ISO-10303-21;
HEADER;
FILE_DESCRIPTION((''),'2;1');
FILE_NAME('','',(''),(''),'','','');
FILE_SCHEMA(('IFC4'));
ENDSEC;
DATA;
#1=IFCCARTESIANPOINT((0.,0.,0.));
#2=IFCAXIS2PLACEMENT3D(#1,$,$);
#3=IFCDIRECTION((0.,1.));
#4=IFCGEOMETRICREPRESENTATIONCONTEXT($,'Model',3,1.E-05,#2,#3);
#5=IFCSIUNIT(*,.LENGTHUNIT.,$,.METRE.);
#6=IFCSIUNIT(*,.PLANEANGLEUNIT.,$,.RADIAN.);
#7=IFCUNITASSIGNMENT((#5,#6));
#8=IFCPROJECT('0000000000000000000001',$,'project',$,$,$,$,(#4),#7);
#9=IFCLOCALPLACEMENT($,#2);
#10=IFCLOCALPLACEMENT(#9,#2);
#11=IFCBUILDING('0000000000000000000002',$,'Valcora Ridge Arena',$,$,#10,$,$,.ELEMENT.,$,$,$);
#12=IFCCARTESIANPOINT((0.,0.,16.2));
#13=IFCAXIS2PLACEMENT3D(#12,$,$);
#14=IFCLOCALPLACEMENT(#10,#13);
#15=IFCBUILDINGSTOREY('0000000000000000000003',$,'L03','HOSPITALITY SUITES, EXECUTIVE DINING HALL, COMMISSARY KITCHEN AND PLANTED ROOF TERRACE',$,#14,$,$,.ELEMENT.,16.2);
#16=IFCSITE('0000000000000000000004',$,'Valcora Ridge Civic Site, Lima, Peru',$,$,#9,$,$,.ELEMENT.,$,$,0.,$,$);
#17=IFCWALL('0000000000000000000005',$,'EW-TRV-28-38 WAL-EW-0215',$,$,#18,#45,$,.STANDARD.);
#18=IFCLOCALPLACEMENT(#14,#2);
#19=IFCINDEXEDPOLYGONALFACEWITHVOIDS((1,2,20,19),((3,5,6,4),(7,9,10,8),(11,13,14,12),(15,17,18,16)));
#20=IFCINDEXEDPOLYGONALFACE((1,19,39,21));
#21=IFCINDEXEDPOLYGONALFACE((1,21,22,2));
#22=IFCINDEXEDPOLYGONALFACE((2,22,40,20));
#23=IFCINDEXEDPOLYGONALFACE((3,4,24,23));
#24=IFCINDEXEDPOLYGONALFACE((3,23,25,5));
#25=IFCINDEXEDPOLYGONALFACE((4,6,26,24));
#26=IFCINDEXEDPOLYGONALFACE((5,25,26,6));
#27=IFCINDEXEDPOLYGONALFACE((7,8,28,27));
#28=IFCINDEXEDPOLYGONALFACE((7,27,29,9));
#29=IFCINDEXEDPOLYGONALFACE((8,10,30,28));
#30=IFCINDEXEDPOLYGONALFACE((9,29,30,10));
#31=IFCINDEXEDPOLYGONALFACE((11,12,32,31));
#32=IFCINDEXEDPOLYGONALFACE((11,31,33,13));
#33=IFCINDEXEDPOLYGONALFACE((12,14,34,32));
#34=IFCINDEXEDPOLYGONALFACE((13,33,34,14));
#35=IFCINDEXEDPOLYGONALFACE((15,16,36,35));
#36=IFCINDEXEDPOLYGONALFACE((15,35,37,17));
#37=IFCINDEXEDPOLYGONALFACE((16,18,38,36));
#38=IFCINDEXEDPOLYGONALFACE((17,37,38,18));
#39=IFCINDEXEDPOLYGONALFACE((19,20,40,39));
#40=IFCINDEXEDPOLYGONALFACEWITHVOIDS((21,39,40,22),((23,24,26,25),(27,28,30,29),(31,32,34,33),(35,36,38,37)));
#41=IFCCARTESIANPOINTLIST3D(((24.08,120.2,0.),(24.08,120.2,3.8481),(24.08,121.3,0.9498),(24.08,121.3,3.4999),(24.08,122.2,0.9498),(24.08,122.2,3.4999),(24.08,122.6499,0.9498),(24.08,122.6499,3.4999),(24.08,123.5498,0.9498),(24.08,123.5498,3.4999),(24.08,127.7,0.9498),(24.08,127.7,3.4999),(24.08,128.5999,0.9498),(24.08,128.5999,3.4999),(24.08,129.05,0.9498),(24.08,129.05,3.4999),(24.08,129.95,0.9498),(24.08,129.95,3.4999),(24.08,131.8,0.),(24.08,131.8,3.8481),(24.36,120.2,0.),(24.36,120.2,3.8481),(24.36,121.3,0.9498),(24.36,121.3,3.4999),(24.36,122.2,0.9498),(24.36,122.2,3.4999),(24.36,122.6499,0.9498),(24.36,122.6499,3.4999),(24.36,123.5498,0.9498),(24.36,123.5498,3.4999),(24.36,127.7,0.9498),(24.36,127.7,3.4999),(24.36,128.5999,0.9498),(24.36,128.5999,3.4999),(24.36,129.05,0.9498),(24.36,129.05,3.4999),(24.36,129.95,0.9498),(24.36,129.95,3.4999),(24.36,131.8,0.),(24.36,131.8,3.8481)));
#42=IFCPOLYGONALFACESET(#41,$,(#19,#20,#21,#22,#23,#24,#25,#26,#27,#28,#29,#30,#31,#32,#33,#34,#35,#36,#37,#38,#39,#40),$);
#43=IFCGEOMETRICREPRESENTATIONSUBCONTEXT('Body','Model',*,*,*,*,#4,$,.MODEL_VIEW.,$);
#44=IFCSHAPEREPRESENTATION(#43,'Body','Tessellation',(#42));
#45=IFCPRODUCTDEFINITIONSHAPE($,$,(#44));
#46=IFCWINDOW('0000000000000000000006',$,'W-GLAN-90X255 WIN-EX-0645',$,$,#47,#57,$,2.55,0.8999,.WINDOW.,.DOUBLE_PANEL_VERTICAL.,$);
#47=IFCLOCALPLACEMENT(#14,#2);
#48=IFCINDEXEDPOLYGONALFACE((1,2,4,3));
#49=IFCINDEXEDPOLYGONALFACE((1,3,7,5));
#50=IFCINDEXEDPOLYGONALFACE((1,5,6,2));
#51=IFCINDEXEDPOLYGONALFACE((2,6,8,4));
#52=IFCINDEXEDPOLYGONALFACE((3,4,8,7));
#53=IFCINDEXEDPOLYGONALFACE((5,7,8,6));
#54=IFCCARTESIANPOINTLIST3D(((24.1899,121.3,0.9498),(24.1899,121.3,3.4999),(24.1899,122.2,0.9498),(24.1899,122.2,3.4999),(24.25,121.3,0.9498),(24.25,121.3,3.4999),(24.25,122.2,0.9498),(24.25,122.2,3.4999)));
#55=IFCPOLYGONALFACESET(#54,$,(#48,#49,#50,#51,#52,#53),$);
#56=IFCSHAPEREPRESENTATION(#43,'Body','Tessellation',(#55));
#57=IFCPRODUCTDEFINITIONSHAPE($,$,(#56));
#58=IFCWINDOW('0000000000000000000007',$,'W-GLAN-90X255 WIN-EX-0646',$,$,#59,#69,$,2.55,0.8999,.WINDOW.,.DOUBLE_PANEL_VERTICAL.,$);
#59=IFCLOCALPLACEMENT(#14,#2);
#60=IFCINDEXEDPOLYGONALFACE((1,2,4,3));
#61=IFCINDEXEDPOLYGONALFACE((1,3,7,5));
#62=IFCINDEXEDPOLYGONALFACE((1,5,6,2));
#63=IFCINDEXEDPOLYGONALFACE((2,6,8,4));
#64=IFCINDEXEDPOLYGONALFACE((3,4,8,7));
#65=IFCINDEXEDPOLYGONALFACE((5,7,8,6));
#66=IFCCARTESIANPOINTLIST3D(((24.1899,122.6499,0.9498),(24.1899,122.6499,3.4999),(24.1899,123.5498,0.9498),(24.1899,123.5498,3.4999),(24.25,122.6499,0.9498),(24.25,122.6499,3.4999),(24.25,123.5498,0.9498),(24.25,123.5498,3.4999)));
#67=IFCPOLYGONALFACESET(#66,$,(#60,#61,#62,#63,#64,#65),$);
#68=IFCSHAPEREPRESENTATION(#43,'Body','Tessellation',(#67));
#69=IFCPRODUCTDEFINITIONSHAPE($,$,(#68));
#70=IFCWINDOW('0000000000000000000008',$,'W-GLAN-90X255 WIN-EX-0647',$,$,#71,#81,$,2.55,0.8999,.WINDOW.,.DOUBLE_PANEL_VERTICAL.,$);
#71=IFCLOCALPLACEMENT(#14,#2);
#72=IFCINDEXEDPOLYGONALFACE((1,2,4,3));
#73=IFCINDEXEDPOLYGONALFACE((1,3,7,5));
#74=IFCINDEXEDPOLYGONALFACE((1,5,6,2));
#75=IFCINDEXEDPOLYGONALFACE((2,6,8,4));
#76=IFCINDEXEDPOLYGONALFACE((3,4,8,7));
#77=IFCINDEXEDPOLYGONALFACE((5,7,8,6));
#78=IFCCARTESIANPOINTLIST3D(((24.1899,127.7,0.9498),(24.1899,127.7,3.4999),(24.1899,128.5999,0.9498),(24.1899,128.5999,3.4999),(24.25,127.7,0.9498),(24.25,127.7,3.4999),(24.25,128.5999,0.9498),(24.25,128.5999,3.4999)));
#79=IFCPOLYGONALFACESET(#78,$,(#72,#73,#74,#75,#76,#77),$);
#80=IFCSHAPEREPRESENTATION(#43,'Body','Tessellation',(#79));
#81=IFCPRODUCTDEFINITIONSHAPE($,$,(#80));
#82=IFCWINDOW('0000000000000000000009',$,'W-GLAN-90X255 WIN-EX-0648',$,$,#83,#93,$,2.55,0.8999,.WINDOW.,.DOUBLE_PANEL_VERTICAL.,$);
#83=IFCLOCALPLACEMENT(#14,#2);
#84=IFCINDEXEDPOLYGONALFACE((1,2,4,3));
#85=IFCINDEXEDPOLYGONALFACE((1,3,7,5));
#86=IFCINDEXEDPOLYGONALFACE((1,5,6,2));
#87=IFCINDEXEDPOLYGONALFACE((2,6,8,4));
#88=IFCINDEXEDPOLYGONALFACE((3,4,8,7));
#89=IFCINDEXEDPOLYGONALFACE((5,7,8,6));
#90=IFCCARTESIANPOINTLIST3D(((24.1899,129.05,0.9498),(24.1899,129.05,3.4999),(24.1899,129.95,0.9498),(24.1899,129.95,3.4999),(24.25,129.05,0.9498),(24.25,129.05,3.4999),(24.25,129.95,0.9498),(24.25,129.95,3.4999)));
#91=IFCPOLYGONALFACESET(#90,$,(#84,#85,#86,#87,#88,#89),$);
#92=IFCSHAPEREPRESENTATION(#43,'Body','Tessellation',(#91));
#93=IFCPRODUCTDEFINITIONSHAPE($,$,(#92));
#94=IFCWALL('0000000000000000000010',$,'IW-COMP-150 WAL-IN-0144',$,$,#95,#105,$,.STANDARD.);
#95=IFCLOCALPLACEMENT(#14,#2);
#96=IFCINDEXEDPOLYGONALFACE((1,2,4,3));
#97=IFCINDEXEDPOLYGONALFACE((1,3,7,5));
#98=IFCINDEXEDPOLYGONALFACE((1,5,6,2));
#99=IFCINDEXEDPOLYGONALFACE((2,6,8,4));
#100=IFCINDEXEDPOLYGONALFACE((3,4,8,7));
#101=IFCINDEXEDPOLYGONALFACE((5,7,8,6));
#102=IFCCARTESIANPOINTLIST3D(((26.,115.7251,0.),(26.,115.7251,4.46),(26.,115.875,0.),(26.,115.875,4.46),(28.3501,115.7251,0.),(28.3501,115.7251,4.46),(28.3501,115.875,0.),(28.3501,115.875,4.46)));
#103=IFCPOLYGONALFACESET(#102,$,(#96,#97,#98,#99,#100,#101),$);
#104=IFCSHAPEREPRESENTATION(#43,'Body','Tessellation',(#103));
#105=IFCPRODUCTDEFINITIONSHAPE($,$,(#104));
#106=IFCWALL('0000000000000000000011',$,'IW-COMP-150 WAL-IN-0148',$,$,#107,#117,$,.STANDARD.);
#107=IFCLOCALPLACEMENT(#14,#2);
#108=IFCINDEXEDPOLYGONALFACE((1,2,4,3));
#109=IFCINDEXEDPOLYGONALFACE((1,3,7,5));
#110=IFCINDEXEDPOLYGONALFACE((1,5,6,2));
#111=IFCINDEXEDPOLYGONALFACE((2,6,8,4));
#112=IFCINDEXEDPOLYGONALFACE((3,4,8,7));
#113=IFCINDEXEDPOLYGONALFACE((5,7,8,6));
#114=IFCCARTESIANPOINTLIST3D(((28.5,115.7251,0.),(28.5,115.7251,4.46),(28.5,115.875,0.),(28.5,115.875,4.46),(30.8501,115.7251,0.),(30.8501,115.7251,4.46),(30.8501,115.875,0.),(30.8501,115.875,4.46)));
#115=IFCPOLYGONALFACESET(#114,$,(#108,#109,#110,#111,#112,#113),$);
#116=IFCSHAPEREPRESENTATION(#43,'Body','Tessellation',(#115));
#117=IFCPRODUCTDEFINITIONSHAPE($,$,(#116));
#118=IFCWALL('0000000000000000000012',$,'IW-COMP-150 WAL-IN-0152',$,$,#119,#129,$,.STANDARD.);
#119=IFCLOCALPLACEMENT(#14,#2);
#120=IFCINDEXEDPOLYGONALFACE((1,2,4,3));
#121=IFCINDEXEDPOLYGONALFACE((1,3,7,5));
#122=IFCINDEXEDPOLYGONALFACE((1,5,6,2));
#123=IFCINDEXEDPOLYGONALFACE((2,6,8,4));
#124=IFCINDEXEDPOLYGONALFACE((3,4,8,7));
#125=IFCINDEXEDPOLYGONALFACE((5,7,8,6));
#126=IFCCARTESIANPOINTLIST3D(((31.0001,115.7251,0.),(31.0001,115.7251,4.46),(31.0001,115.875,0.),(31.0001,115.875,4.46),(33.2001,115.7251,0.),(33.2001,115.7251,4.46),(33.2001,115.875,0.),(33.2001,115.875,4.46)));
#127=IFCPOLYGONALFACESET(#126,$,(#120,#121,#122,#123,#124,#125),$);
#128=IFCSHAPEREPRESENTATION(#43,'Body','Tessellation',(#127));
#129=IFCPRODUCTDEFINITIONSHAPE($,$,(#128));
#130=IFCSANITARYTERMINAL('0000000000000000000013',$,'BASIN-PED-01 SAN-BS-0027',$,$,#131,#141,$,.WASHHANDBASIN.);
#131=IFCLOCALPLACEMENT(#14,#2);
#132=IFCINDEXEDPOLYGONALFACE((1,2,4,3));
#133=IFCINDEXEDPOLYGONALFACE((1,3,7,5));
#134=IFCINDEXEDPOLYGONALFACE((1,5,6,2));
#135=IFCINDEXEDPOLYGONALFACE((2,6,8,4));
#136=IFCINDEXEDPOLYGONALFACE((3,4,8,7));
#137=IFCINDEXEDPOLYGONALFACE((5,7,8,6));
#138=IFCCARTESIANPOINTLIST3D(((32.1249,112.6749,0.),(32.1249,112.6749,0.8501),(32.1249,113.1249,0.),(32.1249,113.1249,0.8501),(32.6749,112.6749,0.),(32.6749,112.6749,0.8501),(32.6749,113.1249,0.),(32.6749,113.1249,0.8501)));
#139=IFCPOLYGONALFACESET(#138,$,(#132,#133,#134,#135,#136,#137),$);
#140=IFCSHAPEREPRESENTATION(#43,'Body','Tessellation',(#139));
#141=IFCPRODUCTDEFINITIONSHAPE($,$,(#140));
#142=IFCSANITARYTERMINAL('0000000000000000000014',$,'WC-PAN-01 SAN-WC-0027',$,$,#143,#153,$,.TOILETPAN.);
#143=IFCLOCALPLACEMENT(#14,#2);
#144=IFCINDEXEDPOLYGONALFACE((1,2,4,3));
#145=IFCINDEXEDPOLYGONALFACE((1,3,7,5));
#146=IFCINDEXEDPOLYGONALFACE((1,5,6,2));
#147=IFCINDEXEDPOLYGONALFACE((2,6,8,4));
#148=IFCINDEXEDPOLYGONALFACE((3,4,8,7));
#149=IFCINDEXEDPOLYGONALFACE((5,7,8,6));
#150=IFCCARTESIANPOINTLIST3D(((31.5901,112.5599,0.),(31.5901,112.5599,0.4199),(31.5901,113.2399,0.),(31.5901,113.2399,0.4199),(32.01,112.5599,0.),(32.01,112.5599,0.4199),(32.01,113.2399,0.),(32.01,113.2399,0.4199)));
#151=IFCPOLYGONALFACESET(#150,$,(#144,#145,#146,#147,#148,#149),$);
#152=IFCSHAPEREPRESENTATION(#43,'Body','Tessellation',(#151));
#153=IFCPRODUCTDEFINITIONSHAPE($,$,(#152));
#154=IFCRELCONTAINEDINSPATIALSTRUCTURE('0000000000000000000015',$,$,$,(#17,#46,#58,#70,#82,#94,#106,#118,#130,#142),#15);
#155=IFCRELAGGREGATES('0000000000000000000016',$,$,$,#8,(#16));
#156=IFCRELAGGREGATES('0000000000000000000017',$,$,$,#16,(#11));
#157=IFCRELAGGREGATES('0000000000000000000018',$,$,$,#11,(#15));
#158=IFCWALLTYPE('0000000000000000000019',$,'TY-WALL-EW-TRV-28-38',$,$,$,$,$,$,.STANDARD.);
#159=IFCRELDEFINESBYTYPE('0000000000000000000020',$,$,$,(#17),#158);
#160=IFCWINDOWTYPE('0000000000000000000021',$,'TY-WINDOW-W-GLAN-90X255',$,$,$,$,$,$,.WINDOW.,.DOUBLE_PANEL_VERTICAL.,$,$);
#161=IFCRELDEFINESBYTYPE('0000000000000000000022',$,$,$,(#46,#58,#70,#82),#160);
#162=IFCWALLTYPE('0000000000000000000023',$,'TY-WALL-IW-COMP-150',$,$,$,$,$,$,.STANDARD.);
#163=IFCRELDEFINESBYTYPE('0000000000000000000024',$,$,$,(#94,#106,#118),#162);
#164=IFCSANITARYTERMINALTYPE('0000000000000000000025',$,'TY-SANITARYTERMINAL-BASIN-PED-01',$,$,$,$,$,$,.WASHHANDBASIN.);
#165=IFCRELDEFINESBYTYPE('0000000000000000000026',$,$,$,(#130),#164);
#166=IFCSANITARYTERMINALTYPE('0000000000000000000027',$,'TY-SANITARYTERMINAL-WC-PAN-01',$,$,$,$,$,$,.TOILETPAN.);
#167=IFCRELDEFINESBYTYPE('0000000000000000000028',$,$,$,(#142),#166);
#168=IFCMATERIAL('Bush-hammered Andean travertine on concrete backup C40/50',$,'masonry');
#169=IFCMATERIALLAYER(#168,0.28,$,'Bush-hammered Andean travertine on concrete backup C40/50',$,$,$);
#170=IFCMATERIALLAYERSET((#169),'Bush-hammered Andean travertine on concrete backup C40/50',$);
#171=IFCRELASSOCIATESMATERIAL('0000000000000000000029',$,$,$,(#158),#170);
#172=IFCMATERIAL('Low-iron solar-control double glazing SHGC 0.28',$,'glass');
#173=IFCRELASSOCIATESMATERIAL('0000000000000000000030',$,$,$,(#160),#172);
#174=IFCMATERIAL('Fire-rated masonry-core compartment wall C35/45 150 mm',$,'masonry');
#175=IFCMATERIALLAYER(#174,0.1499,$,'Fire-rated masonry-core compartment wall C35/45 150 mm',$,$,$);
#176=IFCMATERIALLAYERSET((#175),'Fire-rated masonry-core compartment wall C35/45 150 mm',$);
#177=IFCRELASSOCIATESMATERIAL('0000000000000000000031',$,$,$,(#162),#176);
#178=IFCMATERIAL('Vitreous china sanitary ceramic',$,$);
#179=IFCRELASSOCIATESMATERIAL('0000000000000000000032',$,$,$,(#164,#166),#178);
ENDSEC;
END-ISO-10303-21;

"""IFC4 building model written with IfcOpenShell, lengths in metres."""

from ifc_helpers import new_model, si_unit, direction, frame, frame_2d, origin, origin_2d, place, context, subcontext, project, spatial, rectangle, extrude, material, layer, layer_set, type_object, element, fill, save


model = new_model("IFC4")

# Units and contexts
model_context = context("Model", 3, precision=1e-05, world=origin(), true_north=direction((0.0, 1.0)))
body_context = subcontext(model_context, "Body", "Model", "MODEL_VIEW")
ifc_project = project(units=[si_unit("LENGTHUNIT", "METRE"), si_unit("PLANEANGLEUNIT", "RADIAN")], contexts=[model_context])

# Site, building, storey
site_placement = place(None, origin())
site = spatial("IfcSite", under=ifc_project, at=site_placement, Name="Valcora Ridge Civic Site, Lima, Peru", CompositionType="ELEMENT", RefElevation=0.0)
building_placement = place(site_placement, origin())
building = spatial("IfcBuilding", under=site, at=building_placement, Name="Valcora Ridge Arena", CompositionType="ELEMENT")
storey_placement = place(building_placement, frame((0.0, 0.0, 16.2)))
storey = spatial("IfcBuildingStorey", under=building, at=storey_placement, Name="L03", Description="HOSPITALITY SUITES, EXECUTIVE DINING HALL, COMMISSARY KITCHEN AND PLANTED ROOF TERRACE", CompositionType="ELEMENT", Elevation=16.2)

# Wall, openings, windows
ifc_material_1 = material(Name="Bush-hammered Andean travertine on concrete backup C40/50", Category="masonry")
ifc_layer_1 = layer(ifc_material_1, 0.28, Name="Bush-hammered Andean travertine on concrete backup C40/50")
ifc_layer_set_1 = layer_set([ifc_layer_1], Name="Bush-hammered Andean travertine on concrete backup C40/50")
wall_type_1 = type_object("IfcWallType", Name="TY-WALL-EW-TRV-28-38", PredefinedType="STANDARD", material=ifc_layer_set_1)
wall_1_placement = place(storey_placement, frame((24.22, 120.2, 0.0), z_axis=(0.0, 0.0, 1.0), x_axis=(0.0, 1.0, 0.0)))
wall_1 = element("IfcWall", 1, at=wall_1_placement, inside=storey, type_object=wall_type_1, Name="EW-TRV-28-38 WAL-EW-0215", PredefinedType="STANDARD", context=body_context, shape_type="SweptSolid", body=[
    extrude(rectangle(XDim=11.6001, YDim=0.28, at=frame_2d((5.8, 0.0))), origin(), (0.0, 0.0, 1.0), 3.8481),
])
opening_1_placement = place(wall_1_placement, frame((1.1001, 0.0, 0.95)))
opening_1 = element("IfcOpeningElement", 2, at=opening_1_placement, cuts=wall_1, PredefinedType="OPENING", context=body_context, shape_type="SweptSolid", body=[
    extrude(rectangle(XDim=0.8999, YDim=2.55, at=frame_2d((0.45, 1.2749))), frame((0.0, 0.1499, 0.0), z_axis=(0.0, -1.0, 0.0), x_axis=(1.0, 0.0, 0.0)), (0.0, 0.0, 1.0), 0.3),
])
opening_2_placement = place(wall_1_placement, frame((2.45, 0.0, 0.95)))
opening_2 = element("IfcOpeningElement", 3, at=opening_2_placement, cuts=wall_1, PredefinedType="OPENING", context=body_context, shape_type="SweptSolid", body=[
    extrude(rectangle(XDim=0.8999, YDim=2.55, at=frame_2d((0.45, 1.2749))), frame((0.0, 0.1499, 0.0), z_axis=(0.0, -1.0, 0.0), x_axis=(1.0, 0.0, 0.0)), (0.0, 0.0, 1.0), 0.3),
])
opening_3_placement = place(wall_1_placement, frame((7.5, 0.0, 0.95)))
opening_3 = element("IfcOpeningElement", 4, at=opening_3_placement, cuts=wall_1, PredefinedType="OPENING", context=body_context, shape_type="SweptSolid", body=[
    extrude(rectangle(XDim=0.8999, YDim=2.55, at=frame_2d((0.45, 1.2749))), frame((0.0, 0.1499, 0.0), z_axis=(0.0, -1.0, 0.0), x_axis=(1.0, 0.0, 0.0)), (0.0, 0.0, 1.0), 0.3),
])
opening_4_placement = place(wall_1_placement, frame((8.8501, 0.0, 0.95)))
opening_4 = element("IfcOpeningElement", 5, at=opening_4_placement, cuts=wall_1, PredefinedType="OPENING", context=body_context, shape_type="SweptSolid", body=[
    extrude(rectangle(XDim=0.8999, YDim=2.55, at=frame_2d((0.45, 1.2749))), frame((0.0, 0.1499, 0.0), z_axis=(0.0, -1.0, 0.0), x_axis=(1.0, 0.0, 0.0)), (0.0, 0.0, 1.0), 0.3),
])
ifc_material_2 = material(Name="Low-iron solar-control double glazing SHGC 0.28", Category="glass")
window_type = type_object("IfcWindowType", Name="TY-WINDOW-W-GLAN-90X255", PartitioningType="DOUBLE_PANEL_VERTICAL", PredefinedType="WINDOW", material=ifc_material_2)
window_1_placement = place(opening_1_placement, origin())
window_1 = element("IfcWindow", 6, at=window_1_placement, inside=storey, type_object=window_type, Name="W-GLAN-90X255 WIN-EX-0645", OverallHeight=2.55, OverallWidth=0.8999, PartitioningType="DOUBLE_PANEL_VERTICAL", PredefinedType="WINDOW", context=body_context, shape_type="SweptSolid", body=[
    extrude(rectangle(XDim=0.8999, YDim=2.55, at=frame_2d((0.45, 1.2749))), frame((0.0, 0.03, 0.0), z_axis=(0.0, -1.0, 0.0), x_axis=(1.0, 0.0, 0.0)), (0.0, 0.0, 1.0), 0.0601),
])
fill(opening_1, window_1)
window_2_placement = place(opening_2_placement, origin())
window_2 = element("IfcWindow", 7, at=window_2_placement, inside=storey, type_object=window_type, Name="W-GLAN-90X255 WIN-EX-0646", OverallHeight=2.55, OverallWidth=0.8999, PartitioningType="DOUBLE_PANEL_VERTICAL", PredefinedType="WINDOW", context=body_context, shape_type="SweptSolid", body=[
    extrude(rectangle(XDim=0.8999, YDim=2.55, at=frame_2d((0.45, 1.2749))), frame((0.0, 0.03, 0.0), z_axis=(0.0, -1.0, 0.0), x_axis=(1.0, 0.0, 0.0)), (0.0, 0.0, 1.0), 0.0601),
])
fill(opening_2, window_2)
window_3_placement = place(opening_3_placement, origin())
window_3 = element("IfcWindow", 8, at=window_3_placement, inside=storey, type_object=window_type, Name="W-GLAN-90X255 WIN-EX-0647", OverallHeight=2.55, OverallWidth=0.8999, PartitioningType="DOUBLE_PANEL_VERTICAL", PredefinedType="WINDOW", context=body_context, shape_type="SweptSolid", body=[
    extrude(rectangle(XDim=0.8999, YDim=2.55, at=frame_2d((0.45, 1.2749))), frame((0.0, 0.03, 0.0), z_axis=(0.0, -1.0, 0.0), x_axis=(1.0, 0.0, 0.0)), (0.0, 0.0, 1.0), 0.0601),
])
fill(opening_3, window_3)
window_4_placement = place(opening_4_placement, origin())
window_4 = element("IfcWindow", 9, at=window_4_placement, inside=storey, type_object=window_type, Name="W-GLAN-90X255 WIN-EX-0648", OverallHeight=2.55, OverallWidth=0.8999, PartitioningType="DOUBLE_PANEL_VERTICAL", PredefinedType="WINDOW", context=body_context, shape_type="SweptSolid", body=[
    extrude(rectangle(XDim=0.8999, YDim=2.55, at=frame_2d((0.45, 1.2749))), frame((0.0, 0.03, 0.0), z_axis=(0.0, -1.0, 0.0), x_axis=(1.0, 0.0, 0.0)), (0.0, 0.0, 1.0), 0.0601),
])
fill(opening_4, window_4)

# Walls
ifc_material_3 = material(Name="Fire-rated masonry-core compartment wall C35/45 150 mm", Category="masonry")
ifc_layer_2 = layer(ifc_material_3, 0.1499, Name="Fire-rated masonry-core compartment wall C35/45 150 mm")
ifc_layer_set_2 = layer_set([ifc_layer_2], Name="Fire-rated masonry-core compartment wall C35/45 150 mm")
wall_type_2 = type_object("IfcWallType", Name="TY-WALL-IW-COMP-150", PredefinedType="STANDARD", material=ifc_layer_set_2)
for number, where, z_axis, x_axis, name in (
    (10, (26.0, 115.8, 0.0), (0.0, 0.0, 1.0), (1.0, 0.0, 0.0), "IW-COMP-150 WAL-IN-0144"),
    (11, (28.5, 115.8, 0.0), (0.0, 0.0, 1.0), (1.0, 0.0, 0.0), "IW-COMP-150 WAL-IN-0148"),
):
    element("IfcWall", number, at=place(storey_placement, frame(where, z_axis=z_axis, x_axis=x_axis)), inside=storey, type_object=wall_type_2, Name=name, PredefinedType="STANDARD", context=body_context, shape_type="SweptSolid", body=[
        extrude(rectangle(XDim=2.3501, YDim=0.1499, at=frame_2d((1.175, 0.0))), origin(), (0.0, 0.0, 1.0), 4.46),
    ])
wall_2_placement = place(storey_placement, frame((31.0, 115.8, 0.0), z_axis=(0.0, 0.0, 1.0), x_axis=(1.0, 0.0, 0.0)))
element("IfcWall", 12, at=wall_2_placement, inside=storey, type_object=wall_type_2, Name="IW-COMP-150 WAL-IN-0152", PredefinedType="STANDARD", context=body_context, shape_type="SweptSolid", body=[
    extrude(rectangle(XDim=2.2, YDim=0.1499, at=frame_2d((1.1001, 0.0))), origin(), (0.0, 0.0, 1.0), 4.46),
])

# Sanitary terminals
ifc_material_4 = material(Name="Vitreous china sanitary ceramic")
sanitary_terminal_type_1 = type_object("IfcSanitaryTerminalType", Name="TY-SANITARYTERMINAL-BASIN-PED-01", PredefinedType="WASHHANDBASIN", material=ifc_material_4)
sanitary_terminal_1_placement = place(storey_placement, frame((32.3999, 112.8999, 0.0), z_axis=(0.0, 0.0, 1.0), x_axis=(1.0, 0.0, 0.0)))
element("IfcSanitaryTerminal", 13, at=sanitary_terminal_1_placement, inside=storey, type_object=sanitary_terminal_type_1, Name="BASIN-PED-01 SAN-BS-0027", PredefinedType="WASHHANDBASIN", context=body_context, shape_type="SweptSolid", body=[
    extrude(rectangle(XDim=0.55, YDim=0.45, at=origin_2d()), origin(), (0.0, 0.0, 1.0), 0.8501),
])
sanitary_terminal_type_2 = type_object("IfcSanitaryTerminalType", Name="TY-SANITARYTERMINAL-WC-PAN-01", PredefinedType="TOILETPAN", material=ifc_material_4)
sanitary_terminal_2_placement = place(storey_placement, frame((31.8, 112.8999, 0.0), z_axis=(0.0, 0.0, 1.0), x_axis=(1.0, 0.0, 0.0)))
element("IfcSanitaryTerminal", 14, at=sanitary_terminal_2_placement, inside=storey, type_object=sanitary_terminal_type_2, Name="WC-PAN-01 SAN-WC-0027", PredefinedType="TOILETPAN", context=body_context, shape_type="SweptSolid", body=[
    extrude(rectangle(XDim=0.4199, YDim=0.6799, at=origin_2d()), origin(), (0.0, 0.0, 1.0), 0.4199),
])

save(model, "model.ifc")
